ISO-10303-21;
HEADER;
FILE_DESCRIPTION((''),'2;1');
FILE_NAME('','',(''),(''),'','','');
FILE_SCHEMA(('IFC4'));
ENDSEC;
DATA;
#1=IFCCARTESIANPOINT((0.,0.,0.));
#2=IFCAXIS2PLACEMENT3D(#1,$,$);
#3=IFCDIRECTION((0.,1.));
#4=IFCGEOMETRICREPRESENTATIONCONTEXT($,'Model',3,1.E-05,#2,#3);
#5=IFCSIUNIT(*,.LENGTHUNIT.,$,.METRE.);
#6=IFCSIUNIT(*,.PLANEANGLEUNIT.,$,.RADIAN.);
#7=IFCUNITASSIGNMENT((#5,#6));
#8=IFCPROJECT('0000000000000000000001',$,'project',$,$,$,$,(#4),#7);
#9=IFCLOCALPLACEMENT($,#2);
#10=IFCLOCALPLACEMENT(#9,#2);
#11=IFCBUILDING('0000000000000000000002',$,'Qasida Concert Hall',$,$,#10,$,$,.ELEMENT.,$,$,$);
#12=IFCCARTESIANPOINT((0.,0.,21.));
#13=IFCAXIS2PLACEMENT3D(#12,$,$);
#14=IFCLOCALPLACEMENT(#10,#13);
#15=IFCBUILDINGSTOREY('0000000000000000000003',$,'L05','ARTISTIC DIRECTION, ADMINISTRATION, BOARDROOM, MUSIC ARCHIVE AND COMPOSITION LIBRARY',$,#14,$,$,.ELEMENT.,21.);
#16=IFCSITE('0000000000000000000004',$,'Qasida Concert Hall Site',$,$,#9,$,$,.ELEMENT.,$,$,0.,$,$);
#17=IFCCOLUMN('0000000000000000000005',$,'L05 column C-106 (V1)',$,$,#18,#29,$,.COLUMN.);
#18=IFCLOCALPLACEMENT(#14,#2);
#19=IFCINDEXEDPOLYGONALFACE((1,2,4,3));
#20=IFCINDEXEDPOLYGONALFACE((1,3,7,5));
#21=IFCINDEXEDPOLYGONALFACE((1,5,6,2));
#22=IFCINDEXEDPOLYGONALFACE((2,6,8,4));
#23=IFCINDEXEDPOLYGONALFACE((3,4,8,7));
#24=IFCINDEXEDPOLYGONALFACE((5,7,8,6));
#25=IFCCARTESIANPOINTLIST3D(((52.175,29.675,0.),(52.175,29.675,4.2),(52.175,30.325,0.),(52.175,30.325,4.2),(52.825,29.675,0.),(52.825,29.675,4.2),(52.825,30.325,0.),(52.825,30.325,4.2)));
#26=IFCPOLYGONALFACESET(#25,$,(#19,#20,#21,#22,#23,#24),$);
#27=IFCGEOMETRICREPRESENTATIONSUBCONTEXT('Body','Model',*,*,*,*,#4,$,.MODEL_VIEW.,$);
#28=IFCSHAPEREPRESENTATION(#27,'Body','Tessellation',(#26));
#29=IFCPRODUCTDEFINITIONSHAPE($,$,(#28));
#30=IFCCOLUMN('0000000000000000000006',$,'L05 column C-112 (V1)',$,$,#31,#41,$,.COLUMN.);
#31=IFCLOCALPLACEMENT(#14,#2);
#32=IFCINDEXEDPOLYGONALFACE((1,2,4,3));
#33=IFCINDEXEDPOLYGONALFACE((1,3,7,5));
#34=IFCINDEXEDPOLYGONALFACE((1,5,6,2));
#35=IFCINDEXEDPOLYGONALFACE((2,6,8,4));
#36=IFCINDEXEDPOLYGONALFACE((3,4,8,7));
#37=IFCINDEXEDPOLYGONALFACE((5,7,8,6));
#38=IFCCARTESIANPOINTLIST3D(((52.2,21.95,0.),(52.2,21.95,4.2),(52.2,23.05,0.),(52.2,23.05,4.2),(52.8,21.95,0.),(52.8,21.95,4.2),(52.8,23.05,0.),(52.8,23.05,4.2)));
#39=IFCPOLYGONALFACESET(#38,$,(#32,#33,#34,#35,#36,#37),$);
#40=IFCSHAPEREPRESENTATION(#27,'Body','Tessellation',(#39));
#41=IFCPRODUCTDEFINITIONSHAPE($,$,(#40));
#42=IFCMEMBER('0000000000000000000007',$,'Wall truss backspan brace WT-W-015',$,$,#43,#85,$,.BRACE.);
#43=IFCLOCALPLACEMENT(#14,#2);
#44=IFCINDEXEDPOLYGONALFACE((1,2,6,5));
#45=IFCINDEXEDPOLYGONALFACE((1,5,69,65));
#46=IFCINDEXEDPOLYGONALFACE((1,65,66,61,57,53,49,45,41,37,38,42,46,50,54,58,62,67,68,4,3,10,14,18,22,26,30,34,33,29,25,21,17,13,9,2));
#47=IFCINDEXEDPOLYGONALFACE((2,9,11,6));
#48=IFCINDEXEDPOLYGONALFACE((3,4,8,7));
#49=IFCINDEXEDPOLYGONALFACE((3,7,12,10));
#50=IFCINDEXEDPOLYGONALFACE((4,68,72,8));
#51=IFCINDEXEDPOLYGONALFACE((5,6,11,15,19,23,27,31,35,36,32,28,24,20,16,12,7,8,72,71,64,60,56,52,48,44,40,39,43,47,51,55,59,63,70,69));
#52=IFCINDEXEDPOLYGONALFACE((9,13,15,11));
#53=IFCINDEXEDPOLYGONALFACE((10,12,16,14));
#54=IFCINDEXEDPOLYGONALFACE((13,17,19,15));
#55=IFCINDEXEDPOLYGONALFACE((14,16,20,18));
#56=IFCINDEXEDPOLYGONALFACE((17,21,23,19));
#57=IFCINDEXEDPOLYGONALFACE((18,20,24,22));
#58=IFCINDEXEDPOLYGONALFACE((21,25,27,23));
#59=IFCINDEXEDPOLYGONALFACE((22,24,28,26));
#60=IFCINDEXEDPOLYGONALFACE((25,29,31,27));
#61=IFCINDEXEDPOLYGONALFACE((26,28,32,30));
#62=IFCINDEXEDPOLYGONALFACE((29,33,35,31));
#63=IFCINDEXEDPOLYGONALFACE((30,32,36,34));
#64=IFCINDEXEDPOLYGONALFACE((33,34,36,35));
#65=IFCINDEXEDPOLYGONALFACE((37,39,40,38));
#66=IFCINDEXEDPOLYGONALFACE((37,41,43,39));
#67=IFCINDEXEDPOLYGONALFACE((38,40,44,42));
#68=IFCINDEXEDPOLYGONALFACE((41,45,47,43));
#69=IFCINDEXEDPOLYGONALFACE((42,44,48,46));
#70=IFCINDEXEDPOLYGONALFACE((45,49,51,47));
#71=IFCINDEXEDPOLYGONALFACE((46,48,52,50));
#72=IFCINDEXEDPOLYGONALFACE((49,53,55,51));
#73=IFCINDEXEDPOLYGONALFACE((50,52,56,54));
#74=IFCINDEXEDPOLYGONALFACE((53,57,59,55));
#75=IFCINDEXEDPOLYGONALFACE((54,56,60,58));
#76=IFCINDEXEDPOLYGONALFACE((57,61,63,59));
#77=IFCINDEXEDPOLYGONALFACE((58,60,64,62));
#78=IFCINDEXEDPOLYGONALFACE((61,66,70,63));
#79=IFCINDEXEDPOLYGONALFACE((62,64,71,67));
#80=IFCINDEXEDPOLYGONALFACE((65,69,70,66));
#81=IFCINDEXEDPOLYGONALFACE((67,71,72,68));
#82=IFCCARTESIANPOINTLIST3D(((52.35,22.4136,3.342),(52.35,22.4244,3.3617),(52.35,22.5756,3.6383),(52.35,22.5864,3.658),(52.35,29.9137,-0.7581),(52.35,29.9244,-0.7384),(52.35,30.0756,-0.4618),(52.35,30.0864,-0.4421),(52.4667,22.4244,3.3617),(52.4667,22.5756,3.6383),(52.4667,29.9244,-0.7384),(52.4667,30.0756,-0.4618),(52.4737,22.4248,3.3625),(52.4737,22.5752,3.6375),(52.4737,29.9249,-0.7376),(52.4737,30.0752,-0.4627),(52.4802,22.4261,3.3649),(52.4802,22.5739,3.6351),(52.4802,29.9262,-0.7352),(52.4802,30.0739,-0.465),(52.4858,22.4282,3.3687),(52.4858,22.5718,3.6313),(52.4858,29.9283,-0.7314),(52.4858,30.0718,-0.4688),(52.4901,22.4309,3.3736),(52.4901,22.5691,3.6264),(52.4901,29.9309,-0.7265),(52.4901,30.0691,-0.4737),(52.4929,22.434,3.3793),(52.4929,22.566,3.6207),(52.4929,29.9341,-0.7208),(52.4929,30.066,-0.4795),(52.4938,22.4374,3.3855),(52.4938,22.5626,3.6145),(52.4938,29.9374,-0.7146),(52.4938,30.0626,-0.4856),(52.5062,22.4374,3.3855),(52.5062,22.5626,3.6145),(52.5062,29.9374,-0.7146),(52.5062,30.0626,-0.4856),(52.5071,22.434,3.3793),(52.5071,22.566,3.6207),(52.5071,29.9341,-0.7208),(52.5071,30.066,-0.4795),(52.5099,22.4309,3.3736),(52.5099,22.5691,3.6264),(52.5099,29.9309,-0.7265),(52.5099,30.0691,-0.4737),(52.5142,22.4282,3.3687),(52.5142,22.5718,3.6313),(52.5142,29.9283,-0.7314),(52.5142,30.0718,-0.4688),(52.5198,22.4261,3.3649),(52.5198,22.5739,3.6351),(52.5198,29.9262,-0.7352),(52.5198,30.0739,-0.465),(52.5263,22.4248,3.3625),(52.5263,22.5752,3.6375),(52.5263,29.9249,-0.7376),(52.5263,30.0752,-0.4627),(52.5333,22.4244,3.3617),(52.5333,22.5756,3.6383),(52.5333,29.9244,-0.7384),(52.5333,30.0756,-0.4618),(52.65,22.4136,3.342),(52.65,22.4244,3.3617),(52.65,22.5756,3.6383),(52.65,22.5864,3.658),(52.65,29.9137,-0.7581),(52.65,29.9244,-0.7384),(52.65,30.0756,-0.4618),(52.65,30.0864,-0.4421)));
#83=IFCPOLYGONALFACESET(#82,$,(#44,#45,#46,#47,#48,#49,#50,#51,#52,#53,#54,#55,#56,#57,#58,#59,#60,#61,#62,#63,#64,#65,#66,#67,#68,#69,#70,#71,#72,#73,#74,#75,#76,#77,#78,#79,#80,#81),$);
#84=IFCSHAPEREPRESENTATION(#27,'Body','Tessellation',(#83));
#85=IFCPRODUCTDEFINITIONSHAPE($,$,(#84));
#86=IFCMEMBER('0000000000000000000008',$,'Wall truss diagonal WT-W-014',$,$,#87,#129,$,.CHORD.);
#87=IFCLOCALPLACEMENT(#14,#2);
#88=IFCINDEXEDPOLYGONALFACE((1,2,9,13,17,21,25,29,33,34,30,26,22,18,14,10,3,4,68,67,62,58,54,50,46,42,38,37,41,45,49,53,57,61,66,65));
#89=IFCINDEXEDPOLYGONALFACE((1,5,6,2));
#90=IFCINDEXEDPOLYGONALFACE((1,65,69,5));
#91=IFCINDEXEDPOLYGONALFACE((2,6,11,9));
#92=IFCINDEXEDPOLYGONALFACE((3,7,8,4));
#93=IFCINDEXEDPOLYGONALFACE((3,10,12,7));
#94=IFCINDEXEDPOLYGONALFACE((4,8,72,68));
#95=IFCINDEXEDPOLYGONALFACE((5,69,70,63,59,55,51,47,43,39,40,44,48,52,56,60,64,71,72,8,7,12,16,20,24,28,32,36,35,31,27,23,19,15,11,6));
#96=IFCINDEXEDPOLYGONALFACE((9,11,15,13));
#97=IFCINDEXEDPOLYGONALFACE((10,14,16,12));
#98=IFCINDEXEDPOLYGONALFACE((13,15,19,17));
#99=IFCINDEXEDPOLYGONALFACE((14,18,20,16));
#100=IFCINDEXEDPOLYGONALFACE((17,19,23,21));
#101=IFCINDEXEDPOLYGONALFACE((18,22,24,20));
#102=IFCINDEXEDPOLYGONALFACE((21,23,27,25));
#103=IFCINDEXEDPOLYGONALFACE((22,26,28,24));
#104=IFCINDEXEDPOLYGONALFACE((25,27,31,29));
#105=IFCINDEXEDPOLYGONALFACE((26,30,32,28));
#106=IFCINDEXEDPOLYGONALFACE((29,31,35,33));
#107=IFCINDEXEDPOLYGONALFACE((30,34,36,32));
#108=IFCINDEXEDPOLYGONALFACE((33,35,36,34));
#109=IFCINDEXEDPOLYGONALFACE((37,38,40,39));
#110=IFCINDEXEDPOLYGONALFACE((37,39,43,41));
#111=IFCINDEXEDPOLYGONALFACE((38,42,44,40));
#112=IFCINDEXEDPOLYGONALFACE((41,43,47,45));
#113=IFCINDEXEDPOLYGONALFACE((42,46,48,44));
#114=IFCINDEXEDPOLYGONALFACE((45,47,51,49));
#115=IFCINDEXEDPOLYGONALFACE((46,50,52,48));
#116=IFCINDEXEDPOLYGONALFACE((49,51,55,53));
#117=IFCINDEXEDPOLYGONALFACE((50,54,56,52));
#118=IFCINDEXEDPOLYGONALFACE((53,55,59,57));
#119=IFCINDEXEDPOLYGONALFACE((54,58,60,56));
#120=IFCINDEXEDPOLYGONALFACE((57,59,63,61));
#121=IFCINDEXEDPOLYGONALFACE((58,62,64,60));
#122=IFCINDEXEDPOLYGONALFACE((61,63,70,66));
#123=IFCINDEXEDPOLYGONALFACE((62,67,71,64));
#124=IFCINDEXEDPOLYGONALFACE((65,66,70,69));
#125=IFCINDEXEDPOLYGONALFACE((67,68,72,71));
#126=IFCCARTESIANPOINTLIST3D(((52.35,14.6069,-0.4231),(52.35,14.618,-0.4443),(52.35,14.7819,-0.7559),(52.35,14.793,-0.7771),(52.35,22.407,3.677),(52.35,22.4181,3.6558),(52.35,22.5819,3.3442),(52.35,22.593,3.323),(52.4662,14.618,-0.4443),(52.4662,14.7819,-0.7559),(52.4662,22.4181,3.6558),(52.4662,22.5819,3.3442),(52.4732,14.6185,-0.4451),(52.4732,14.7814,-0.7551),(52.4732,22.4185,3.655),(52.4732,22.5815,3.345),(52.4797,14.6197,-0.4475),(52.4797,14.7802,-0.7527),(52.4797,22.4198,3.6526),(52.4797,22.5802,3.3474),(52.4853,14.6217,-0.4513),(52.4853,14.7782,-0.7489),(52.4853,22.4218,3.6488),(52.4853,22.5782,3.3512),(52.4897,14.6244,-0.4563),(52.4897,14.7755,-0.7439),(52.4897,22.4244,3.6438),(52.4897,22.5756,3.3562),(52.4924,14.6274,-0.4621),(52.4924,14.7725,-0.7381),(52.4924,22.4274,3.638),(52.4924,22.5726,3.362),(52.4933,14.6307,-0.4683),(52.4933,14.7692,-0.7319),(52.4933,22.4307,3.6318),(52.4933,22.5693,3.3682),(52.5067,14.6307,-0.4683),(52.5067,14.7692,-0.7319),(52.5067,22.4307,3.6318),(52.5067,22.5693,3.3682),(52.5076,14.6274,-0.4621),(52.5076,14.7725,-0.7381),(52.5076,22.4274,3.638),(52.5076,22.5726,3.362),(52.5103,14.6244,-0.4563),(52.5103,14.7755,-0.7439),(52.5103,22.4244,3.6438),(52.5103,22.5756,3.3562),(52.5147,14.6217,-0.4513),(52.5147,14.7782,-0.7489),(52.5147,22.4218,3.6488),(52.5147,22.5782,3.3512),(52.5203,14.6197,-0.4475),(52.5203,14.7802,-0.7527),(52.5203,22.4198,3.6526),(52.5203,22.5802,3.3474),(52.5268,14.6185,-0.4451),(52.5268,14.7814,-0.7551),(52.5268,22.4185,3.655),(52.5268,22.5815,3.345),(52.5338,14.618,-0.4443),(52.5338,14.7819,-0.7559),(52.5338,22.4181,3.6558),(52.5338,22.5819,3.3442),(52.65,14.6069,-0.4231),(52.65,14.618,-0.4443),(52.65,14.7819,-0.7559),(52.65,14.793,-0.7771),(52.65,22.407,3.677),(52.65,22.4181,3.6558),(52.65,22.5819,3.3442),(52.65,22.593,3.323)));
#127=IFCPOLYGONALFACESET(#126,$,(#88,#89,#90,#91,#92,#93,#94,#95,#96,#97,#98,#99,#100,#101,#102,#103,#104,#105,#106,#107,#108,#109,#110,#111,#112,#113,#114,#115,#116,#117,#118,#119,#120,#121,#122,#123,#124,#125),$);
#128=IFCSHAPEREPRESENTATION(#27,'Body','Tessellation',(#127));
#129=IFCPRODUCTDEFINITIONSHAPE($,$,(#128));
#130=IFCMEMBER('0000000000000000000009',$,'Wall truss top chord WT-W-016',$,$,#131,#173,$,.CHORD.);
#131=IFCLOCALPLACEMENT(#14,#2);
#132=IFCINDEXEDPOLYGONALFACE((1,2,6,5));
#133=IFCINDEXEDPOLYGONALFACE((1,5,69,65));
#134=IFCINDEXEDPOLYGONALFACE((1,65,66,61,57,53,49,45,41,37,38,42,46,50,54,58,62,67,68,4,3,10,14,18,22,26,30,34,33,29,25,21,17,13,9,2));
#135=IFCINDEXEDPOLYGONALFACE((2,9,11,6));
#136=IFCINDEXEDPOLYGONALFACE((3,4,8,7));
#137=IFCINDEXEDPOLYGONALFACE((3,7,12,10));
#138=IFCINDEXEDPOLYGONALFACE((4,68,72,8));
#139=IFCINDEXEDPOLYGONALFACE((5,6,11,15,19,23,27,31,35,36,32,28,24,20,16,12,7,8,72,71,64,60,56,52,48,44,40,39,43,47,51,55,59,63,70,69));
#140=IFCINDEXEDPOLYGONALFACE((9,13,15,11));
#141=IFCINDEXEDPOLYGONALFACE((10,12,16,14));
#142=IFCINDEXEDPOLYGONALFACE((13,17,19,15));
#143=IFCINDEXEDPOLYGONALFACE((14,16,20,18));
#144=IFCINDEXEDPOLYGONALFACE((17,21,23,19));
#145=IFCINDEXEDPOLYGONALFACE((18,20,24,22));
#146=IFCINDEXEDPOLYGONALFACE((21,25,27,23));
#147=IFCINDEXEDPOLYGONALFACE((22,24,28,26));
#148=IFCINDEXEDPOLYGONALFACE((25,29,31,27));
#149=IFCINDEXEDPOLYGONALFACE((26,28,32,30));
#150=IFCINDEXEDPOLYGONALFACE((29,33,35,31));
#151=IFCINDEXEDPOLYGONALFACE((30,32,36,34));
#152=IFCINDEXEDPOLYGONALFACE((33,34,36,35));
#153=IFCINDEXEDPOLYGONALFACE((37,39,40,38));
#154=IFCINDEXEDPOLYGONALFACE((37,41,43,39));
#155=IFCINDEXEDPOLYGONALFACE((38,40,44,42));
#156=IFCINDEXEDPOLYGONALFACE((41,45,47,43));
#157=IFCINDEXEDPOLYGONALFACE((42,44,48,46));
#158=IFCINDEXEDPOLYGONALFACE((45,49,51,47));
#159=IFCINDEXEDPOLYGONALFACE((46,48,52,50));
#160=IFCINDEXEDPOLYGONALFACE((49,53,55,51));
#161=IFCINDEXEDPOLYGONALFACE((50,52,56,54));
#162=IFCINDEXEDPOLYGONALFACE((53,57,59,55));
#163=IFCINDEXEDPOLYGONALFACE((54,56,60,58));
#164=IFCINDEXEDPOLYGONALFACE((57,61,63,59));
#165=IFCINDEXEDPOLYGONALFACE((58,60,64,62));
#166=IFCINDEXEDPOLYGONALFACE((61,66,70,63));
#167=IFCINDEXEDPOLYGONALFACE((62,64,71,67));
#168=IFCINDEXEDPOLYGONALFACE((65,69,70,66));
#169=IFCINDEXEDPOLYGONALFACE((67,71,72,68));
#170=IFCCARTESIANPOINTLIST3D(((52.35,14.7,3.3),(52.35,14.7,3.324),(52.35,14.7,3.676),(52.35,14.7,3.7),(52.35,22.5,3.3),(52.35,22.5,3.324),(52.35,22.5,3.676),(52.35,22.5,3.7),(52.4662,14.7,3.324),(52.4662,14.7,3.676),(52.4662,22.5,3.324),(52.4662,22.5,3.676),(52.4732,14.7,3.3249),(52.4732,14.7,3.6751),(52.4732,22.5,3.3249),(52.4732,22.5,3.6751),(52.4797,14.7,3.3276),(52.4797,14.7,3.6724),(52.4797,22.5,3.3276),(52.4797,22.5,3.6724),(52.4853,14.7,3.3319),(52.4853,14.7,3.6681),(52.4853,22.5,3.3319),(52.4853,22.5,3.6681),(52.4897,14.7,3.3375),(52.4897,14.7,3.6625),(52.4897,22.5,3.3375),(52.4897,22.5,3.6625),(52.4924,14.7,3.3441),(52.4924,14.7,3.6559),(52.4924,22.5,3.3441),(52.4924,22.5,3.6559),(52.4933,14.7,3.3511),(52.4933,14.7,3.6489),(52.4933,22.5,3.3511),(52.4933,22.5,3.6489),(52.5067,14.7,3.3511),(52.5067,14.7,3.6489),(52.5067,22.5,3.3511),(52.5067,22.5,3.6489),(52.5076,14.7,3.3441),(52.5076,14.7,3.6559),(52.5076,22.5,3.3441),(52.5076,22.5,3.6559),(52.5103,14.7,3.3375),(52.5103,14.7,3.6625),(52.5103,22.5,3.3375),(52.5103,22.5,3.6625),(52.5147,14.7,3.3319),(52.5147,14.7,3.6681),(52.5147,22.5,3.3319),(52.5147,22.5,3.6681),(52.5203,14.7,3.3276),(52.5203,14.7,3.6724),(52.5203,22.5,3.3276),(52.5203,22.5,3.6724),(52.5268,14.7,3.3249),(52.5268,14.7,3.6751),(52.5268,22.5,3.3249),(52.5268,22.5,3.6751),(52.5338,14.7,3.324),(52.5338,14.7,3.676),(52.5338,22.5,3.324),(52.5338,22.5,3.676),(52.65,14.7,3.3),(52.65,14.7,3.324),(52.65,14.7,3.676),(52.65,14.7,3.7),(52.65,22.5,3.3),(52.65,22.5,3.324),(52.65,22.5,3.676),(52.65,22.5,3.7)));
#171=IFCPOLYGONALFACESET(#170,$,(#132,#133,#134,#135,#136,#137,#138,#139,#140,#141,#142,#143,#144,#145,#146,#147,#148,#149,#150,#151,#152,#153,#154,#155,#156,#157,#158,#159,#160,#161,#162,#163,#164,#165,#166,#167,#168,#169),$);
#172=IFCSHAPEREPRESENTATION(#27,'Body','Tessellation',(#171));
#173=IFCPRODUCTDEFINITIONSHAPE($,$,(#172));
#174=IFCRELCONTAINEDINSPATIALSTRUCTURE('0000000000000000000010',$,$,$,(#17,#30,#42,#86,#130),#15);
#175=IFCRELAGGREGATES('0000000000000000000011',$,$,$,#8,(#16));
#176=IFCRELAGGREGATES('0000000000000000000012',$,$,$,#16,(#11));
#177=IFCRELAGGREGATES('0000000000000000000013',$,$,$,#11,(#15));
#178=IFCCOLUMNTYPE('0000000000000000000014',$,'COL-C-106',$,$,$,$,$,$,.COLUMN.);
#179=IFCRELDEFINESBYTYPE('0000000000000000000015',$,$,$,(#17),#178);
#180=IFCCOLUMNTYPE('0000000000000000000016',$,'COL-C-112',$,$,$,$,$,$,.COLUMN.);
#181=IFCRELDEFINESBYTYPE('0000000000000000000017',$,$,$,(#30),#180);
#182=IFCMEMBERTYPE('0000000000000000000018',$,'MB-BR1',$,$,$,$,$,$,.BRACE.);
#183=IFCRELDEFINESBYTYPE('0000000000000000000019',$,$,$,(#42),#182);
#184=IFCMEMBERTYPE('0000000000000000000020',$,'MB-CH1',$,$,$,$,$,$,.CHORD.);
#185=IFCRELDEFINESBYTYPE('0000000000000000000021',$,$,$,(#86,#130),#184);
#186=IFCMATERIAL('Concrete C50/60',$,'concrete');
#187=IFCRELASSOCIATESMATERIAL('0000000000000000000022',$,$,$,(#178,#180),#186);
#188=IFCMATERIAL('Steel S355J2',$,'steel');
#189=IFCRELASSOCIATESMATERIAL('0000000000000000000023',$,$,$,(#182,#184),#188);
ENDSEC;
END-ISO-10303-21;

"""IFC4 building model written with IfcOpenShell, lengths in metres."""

from ifc_helpers import new_model, si_unit, direction, frame, origin, origin_2d, place, context, subcontext, project, spatial, rectangle, i_section, extrude, material, material_profile, profile_set, type_object, element, save


model = new_model("IFC4")

# Units and contexts
model_context = context("Model", 3, precision=1e-05, world=origin(), true_north=direction((0.0, 1.0)))
body_context = subcontext(model_context, "Body", "Model", "MODEL_VIEW")
ifc_project = project(units=[si_unit("LENGTHUNIT", "METRE"), si_unit("PLANEANGLEUNIT", "RADIAN")], contexts=[model_context])

# Site, building, storey
site_placement = place(None, origin())
site = spatial("IfcSite", under=ifc_project, at=site_placement, Name="Qasida Concert Hall Site", CompositionType="ELEMENT", RefElevation=0.0)
building_placement = place(site_placement, origin())
building = spatial("IfcBuilding", under=site, at=building_placement, Name="Qasida Concert Hall", CompositionType="ELEMENT")
storey_placement = place(building_placement, frame((0.0, 0.0, 21.0)))
storey = spatial("IfcBuildingStorey", under=building, at=storey_placement, Name="L05", Description="ARTISTIC DIRECTION, ADMINISTRATION, BOARDROOM, MUSIC ARCHIVE AND COMPOSITION LIBRARY", CompositionType="ELEMENT", Elevation=21.0)

# Columns
ifc_material_1 = material(Name="Concrete C50/60", Category="concrete")
ifc_material_profile_1 = material_profile(ifc_material_1, rectangle(XDim=0.6499, YDim=0.6499, at=origin_2d()), Name="RC 650x650")
ifc_profile_set_1 = profile_set([ifc_material_profile_1], Name="Concrete C50/60")
column_type_1 = type_object("IfcColumnType", Name="COL-C-106", PredefinedType="COLUMN", material=ifc_profile_set_1)
column_1_placement = place(storey_placement, frame((52.5, 30.0, 0.0), z_axis=(0.0, 0.0, 1.0), x_axis=(1.0, 0.0, 0.0)))
element("IfcColumn", 1, at=column_1_placement, inside=storey, type_object=column_type_1, Name="L05 column C-106 (V1)", PredefinedType="COLUMN", context=body_context, shape_type="SweptSolid", body=[
    extrude(rectangle(XDim=0.6499, YDim=0.6499, at=origin_2d()), origin(), (0.0, 0.0, 1.0), 4.2),
])
ifc_material_profile_2 = material_profile(ifc_material_1, rectangle(XDim=0.6001, YDim=1.1001, at=origin_2d()), Name="RC 600x1100")
ifc_profile_set_2 = profile_set([ifc_material_profile_2], Name="Concrete C50/60")
column_type_2 = type_object("IfcColumnType", Name="COL-C-112", PredefinedType="COLUMN", material=ifc_profile_set_2)
column_2_placement = place(storey_placement, frame((52.5, 22.5, 0.0), z_axis=(0.0, 0.0, 1.0), x_axis=(1.0, 0.0, 0.0)))
element("IfcColumn", 2, at=column_2_placement, inside=storey, type_object=column_type_2, Name="L05 column C-112 (V1)", PredefinedType="COLUMN", context=body_context, shape_type="SweptSolid", body=[
    extrude(rectangle(XDim=0.6001, YDim=1.1001, at=origin_2d()), origin(), (0.0, 0.0, 1.0), 4.2),
])

# Members
ifc_material_2 = material(Name="Steel S355J2", Category="steel")
ifc_material_profile_3 = material_profile(ifc_material_2, i_section(OverallWidth=0.3, OverallDepth=0.3601, WebThickness=0.0125, FlangeThickness=0.0225, FilletRadius=0.0271, at=origin_2d()), Name="HEB 360")
ifc_profile_set_3 = profile_set([ifc_material_profile_3], Name="Steel S355J2")
member_type_1 = type_object("IfcMemberType", Name="MB-BR1", PredefinedType="BRACE", material=ifc_profile_set_3)
member_1_placement = place(storey_placement, frame((52.5, 22.5, 3.5), z_axis=(0.0, 0.877443, -0.47968), x_axis=(-1.0, 0.0, 0.0)))
element("IfcMember", 3, at=member_1_placement, inside=storey, type_object=member_type_1, Name="Wall truss backspan brace WT-W-015", PredefinedType="BRACE", context=body_context, shape_type="SweptSolid", body=[
    extrude(i_section(OverallWidth=0.3, OverallDepth=0.3601, WebThickness=0.0125, FlangeThickness=0.0225, FilletRadius=0.0271, at=origin_2d()), origin(), (0.0, 0.0, 1.0), 8.5476),
])
ifc_material_profile_4 = material_profile(ifc_material_2, i_section(OverallWidth=0.3, OverallDepth=0.3999, WebThickness=0.0134, FlangeThickness=0.0239, FilletRadius=0.0271, at=origin_2d()), Name="HEB 400")
ifc_profile_set_4 = profile_set([ifc_material_profile_4], Name="Steel S355J2")
member_type_2 = type_object("IfcMemberType", Name="MB-CH1", PredefinedType="CHORD", material=ifc_profile_set_4)
member_2_placement = place(storey_placement, frame((52.5, 22.5, 3.5), z_axis=(0.0, -0.885161, -0.465285), x_axis=(1.0, 0.0, 0.0)))
element("IfcMember", 4, at=member_2_placement, inside=storey, type_object=member_type_2, Name="Wall truss diagonal WT-W-014", PredefinedType="CHORD", context=body_context, shape_type="SweptSolid", body=[
    extrude(i_section(OverallWidth=0.3, OverallDepth=0.3999, WebThickness=0.0134, FlangeThickness=0.0239, FilletRadius=0.0271, at=origin_2d()), origin(), (0.0, 0.0, 1.0), 8.812),
])
member_3_placement = place(storey_placement, frame((52.5, 14.7, 3.5), z_axis=(0.0, 1.0, 0.0), x_axis=(-1.0, 0.0, 0.0)))
element("IfcMember", 5, at=member_3_placement, inside=storey, type_object=member_type_2, Name="Wall truss top chord WT-W-016", PredefinedType="CHORD", context=body_context, shape_type="SweptSolid", body=[
    extrude(i_section(OverallWidth=0.3, OverallDepth=0.3999, WebThickness=0.0134, FlangeThickness=0.0239, FilletRadius=0.0271, at=origin_2d()), origin(), (0.0, 0.0, 1.0), 7.8),
])

save(model, "model.ifc")
